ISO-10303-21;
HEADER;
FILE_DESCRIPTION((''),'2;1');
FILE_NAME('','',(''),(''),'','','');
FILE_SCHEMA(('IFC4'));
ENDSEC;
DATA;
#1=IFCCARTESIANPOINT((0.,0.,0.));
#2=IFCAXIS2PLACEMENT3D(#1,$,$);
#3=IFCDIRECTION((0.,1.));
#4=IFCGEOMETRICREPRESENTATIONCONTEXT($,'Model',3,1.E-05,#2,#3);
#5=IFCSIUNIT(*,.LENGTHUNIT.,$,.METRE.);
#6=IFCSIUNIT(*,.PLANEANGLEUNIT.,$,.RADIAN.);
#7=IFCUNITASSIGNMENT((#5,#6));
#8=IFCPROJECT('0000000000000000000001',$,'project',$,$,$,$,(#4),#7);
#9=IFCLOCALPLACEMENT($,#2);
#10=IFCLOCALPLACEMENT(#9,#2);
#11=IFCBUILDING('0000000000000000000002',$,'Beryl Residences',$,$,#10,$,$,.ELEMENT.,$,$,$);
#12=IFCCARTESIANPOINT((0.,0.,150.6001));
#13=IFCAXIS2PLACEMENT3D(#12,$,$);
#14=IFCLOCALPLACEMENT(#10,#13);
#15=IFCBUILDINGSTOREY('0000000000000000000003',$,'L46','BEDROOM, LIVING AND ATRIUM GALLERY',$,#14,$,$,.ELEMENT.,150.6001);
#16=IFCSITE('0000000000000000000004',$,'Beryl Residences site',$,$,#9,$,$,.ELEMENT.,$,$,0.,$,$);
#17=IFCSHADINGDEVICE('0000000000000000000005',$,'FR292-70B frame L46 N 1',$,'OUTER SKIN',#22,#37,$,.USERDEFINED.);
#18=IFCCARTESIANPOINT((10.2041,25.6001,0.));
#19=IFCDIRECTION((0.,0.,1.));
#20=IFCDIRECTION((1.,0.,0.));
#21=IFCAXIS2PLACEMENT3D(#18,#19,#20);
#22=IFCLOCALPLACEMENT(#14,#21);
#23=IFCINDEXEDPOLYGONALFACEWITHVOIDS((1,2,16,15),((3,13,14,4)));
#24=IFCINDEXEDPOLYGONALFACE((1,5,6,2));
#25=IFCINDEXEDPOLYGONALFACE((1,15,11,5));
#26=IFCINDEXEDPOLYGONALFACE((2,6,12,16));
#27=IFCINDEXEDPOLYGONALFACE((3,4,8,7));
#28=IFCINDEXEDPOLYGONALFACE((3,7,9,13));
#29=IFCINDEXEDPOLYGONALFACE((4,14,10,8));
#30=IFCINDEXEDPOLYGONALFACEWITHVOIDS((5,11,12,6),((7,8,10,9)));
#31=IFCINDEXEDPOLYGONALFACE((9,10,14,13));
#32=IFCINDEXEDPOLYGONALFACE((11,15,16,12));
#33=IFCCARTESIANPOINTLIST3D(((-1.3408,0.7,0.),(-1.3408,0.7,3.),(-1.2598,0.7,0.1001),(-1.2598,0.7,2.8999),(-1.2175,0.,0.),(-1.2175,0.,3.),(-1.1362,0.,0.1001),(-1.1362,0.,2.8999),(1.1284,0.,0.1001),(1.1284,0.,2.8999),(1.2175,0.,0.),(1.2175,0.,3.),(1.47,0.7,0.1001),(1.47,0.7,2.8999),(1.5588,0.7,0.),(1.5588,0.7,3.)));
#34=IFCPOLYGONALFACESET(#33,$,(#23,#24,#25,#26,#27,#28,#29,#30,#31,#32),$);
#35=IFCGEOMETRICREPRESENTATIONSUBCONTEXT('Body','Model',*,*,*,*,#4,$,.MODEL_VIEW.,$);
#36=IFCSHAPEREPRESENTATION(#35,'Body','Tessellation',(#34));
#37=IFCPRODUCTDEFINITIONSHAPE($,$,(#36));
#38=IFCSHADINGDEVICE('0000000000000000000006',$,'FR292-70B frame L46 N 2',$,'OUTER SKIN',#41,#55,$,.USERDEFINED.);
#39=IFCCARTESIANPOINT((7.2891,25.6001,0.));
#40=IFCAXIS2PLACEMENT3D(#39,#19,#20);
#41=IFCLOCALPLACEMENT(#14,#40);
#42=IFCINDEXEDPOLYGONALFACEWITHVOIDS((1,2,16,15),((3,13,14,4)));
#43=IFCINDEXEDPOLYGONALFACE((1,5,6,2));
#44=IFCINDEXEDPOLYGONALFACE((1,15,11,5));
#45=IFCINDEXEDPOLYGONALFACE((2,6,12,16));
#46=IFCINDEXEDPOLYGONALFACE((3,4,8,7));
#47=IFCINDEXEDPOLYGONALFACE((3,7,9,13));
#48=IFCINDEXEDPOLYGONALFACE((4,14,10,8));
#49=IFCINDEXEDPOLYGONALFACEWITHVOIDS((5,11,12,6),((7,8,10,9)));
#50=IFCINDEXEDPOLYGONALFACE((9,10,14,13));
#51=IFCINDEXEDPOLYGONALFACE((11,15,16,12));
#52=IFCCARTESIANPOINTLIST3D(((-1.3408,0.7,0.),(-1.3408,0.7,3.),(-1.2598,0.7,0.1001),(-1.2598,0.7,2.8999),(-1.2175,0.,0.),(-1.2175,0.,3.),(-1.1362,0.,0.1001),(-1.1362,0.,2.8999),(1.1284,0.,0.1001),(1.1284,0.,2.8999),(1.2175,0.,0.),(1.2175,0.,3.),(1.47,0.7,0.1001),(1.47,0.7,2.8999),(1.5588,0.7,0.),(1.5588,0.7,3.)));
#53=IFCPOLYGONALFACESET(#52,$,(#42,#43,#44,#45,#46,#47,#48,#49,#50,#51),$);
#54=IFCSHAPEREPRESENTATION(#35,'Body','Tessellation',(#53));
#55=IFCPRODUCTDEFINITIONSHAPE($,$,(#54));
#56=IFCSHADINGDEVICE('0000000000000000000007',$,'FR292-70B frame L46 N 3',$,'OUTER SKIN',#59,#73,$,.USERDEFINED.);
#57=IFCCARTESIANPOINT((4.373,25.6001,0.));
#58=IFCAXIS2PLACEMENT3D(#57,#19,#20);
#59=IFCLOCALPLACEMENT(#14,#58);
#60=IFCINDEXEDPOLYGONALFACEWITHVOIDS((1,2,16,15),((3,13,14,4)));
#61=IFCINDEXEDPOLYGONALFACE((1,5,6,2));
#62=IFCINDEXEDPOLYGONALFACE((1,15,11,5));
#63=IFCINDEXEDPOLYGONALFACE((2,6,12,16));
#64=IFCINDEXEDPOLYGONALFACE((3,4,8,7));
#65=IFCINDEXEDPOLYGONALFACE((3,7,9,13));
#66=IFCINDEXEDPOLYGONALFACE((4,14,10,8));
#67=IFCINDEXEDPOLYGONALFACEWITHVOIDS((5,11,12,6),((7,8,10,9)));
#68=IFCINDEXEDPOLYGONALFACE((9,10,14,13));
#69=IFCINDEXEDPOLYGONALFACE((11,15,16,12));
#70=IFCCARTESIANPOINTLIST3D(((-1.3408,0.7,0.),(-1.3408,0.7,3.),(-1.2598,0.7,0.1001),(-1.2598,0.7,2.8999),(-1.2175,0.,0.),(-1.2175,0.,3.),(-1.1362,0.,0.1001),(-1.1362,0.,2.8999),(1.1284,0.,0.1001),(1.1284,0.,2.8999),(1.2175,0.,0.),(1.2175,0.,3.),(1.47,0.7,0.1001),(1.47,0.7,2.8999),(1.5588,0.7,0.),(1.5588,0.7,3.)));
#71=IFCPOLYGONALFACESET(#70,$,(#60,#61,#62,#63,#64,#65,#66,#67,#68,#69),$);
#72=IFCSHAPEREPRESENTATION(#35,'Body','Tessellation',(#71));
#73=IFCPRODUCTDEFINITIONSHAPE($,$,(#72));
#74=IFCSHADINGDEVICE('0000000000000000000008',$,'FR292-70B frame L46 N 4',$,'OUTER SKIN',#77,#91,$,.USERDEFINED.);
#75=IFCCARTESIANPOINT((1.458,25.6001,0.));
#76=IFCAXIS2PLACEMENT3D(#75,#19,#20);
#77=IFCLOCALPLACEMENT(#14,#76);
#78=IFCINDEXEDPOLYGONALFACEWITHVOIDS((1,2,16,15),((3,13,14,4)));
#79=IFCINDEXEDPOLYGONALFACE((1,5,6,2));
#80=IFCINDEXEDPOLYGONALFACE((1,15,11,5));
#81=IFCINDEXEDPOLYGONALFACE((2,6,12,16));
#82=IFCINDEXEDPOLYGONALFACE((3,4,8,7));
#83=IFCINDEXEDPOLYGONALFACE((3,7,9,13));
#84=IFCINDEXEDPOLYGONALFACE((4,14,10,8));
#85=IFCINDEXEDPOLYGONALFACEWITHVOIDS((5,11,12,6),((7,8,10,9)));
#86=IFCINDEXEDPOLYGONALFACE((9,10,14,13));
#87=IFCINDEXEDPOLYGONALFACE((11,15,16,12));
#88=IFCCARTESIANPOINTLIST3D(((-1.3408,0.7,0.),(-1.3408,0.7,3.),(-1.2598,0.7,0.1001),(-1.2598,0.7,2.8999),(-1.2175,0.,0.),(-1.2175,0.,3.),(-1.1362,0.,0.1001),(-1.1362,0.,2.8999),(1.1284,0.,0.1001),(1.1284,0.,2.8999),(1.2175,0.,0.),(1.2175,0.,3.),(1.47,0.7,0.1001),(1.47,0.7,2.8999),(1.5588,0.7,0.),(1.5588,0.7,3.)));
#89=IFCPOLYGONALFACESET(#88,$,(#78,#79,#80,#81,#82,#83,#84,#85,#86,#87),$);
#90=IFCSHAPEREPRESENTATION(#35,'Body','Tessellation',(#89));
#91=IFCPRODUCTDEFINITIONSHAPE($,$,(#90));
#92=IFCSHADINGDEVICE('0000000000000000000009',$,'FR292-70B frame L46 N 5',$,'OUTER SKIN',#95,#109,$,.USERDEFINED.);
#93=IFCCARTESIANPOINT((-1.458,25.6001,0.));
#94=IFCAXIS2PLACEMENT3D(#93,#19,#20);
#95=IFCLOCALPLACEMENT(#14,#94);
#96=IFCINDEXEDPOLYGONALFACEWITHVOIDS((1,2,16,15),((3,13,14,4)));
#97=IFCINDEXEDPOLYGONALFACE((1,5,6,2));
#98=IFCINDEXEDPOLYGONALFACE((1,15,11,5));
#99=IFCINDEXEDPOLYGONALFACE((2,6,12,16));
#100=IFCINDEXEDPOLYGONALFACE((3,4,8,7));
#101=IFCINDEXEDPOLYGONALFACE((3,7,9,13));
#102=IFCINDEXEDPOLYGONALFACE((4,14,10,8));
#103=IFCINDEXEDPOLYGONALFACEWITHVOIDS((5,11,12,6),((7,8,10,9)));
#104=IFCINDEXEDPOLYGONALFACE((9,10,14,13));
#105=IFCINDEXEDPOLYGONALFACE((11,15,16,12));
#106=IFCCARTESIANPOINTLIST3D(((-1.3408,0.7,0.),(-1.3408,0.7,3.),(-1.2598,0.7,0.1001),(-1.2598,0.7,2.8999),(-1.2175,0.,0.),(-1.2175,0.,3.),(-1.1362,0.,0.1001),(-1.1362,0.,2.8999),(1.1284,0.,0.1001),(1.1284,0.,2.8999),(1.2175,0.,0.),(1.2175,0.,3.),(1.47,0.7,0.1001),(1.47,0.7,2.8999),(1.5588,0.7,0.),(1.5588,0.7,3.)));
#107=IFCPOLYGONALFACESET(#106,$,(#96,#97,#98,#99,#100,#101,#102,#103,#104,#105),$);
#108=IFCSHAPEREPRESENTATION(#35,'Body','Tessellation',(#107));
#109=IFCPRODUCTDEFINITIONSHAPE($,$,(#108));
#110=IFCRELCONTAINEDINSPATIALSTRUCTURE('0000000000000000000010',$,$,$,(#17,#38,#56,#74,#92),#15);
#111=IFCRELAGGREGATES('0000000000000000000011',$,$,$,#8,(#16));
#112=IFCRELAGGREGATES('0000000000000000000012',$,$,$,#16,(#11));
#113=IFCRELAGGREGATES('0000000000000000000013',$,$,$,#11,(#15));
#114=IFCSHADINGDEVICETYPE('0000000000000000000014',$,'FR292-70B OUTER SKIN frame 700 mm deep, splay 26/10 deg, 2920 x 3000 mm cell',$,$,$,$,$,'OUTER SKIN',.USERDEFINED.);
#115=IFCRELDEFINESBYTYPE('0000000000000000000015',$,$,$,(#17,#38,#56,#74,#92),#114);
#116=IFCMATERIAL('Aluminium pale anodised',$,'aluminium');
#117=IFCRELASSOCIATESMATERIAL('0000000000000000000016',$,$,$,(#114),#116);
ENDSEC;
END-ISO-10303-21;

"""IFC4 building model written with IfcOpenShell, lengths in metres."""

from ifc_helpers import new_model, entity, si_unit, direction, frame, origin, place, context, subcontext, project, spatial, source, transform, mapped, material, type_object, type_shapes, element, save


model = new_model("IFC4")

# Units and contexts
model_context = context("Model", 3, precision=1e-05, world=origin(), true_north=direction((0.0, 1.0)))
body_context = subcontext(model_context, "Body", "Model", "MODEL_VIEW")
ifc_project = project(units=[si_unit("LENGTHUNIT", "METRE"), si_unit("PLANEANGLEUNIT", "RADIAN")], contexts=[model_context])

# Site, building, storey
site_placement = place(None, origin())
site = spatial("IfcSite", under=ifc_project, at=site_placement, Name="Beryl Residences site", CompositionType="ELEMENT", RefElevation=0.0)
building_placement = place(site_placement, origin())
building = spatial("IfcBuilding", under=site, at=building_placement, Name="Beryl Residences", CompositionType="ELEMENT")
storey_placement = place(building_placement, frame((0.0, 0.0, 150.6001)))
storey = spatial("IfcBuildingStorey", under=building, at=storey_placement, Name="L46", Description="BEDROOM, LIVING AND ATRIUM GALLERY", CompositionType="ELEMENT", Elevation=150.6001)

# Shading devices
ifc_material_1 = material(Name="Aluminium pale anodised", Category="aluminium")
shading_device_type = type_object("IfcShadingDeviceType", Name="FR292-70B OUTER SKIN frame 700 mm deep, splay 26/10 deg, 2920 x 3000 mm cell", ElementType="OUTER SKIN", PredefinedType="USERDEFINED", material=ifc_material_1)
cartesian_point_1 = entity("IfcCartesianPoint", [-1.2175, 0.0])
cartesian_point_2 = entity("IfcCartesianPoint", [-1.1284, 0.1001])
cartesian_point_3 = entity("IfcCartesianPoint", [-1.5588, 0.0])
cartesian_point_4 = entity("IfcCartesianPoint", [-1.47, 0.1001])
shared_shape_1 = source(origin(), body_context, "Body", "SweptSolid", [
    entity("IfcExtrudedAreaSolidTapered", entity("IfcArbitraryProfileDefWithVoids", "AREA", None, entity("IfcPolyline", [cartesian_point_1, entity("IfcCartesianPoint", [1.2175, 0.0]), entity("IfcCartesianPoint", [1.2175, 3.0]), entity("IfcCartesianPoint", [-1.2175, 3.0]), cartesian_point_1]), [entity("IfcPolyline", [cartesian_point_2, entity("IfcCartesianPoint", [1.1362, 0.1001]), entity("IfcCartesianPoint", [1.1362, 2.8999]), entity("IfcCartesianPoint", [-1.1284, 2.8999]), cartesian_point_2])]), entity("IfcAxis2Placement3D", entity("IfcCartesianPoint", [0.0, 0.0, 0.0]), entity("IfcDirection", [0.0, 1.0, 0.0]), entity("IfcDirection", [-1.0, 0.0, 0.0])), entity("IfcDirection", [0.0, 0.0, 1.0]), 0.7, entity("IfcArbitraryProfileDefWithVoids", "AREA", None, entity("IfcPolyline", [cartesian_point_3, entity("IfcCartesianPoint", [1.3408, 0.0]), entity("IfcCartesianPoint", [1.3408, 3.0]), entity("IfcCartesianPoint", [-1.5588, 3.0]), cartesian_point_3]), [entity("IfcPolyline", [cartesian_point_4, entity("IfcCartesianPoint", [1.2598, 0.1001]), entity("IfcCartesianPoint", [1.2598, 2.8999]), entity("IfcCartesianPoint", [-1.47, 2.8999]), cartesian_point_4])])),
])
type_shapes(shading_device_type, [shared_shape_1])
for number, where, z_axis, x_axis, name in (
    (1, (10.2041, 25.6001, 0.0), (0.0, 0.0, 1.0), (1.0, 0.0, 0.0), "FR292-70B frame L46 N 1"),
    (2, (7.2891, 25.6001, 0.0), (0.0, 0.0, 1.0), (1.0, 0.0, 0.0), "FR292-70B frame L46 N 2"),
    (3, (4.373, 25.6001, 0.0), (0.0, 0.0, 1.0), (1.0, 0.0, 0.0), "FR292-70B frame L46 N 3"),
    (4, (1.458, 25.6001, 0.0), (0.0, 0.0, 1.0), (1.0, 0.0, 0.0), "FR292-70B frame L46 N 4"),
    (5, (-1.458, 25.6001, 0.0), (0.0, 0.0, 1.0), (1.0, 0.0, 0.0), "FR292-70B frame L46 N 5"),
):
    element("IfcShadingDevice", number, at=place(storey_placement, frame(where, z_axis=z_axis, x_axis=x_axis)), inside=storey, type_object=shading_device_type, Name=name, ObjectType="OUTER SKIN", PredefinedType="USERDEFINED", context=body_context, shape_type="MappedRepresentation", body=[
        mapped(shared_shape_1, transform((0.0, 0.0, 0.0))),
    ])

save(model, "model.ifc")
